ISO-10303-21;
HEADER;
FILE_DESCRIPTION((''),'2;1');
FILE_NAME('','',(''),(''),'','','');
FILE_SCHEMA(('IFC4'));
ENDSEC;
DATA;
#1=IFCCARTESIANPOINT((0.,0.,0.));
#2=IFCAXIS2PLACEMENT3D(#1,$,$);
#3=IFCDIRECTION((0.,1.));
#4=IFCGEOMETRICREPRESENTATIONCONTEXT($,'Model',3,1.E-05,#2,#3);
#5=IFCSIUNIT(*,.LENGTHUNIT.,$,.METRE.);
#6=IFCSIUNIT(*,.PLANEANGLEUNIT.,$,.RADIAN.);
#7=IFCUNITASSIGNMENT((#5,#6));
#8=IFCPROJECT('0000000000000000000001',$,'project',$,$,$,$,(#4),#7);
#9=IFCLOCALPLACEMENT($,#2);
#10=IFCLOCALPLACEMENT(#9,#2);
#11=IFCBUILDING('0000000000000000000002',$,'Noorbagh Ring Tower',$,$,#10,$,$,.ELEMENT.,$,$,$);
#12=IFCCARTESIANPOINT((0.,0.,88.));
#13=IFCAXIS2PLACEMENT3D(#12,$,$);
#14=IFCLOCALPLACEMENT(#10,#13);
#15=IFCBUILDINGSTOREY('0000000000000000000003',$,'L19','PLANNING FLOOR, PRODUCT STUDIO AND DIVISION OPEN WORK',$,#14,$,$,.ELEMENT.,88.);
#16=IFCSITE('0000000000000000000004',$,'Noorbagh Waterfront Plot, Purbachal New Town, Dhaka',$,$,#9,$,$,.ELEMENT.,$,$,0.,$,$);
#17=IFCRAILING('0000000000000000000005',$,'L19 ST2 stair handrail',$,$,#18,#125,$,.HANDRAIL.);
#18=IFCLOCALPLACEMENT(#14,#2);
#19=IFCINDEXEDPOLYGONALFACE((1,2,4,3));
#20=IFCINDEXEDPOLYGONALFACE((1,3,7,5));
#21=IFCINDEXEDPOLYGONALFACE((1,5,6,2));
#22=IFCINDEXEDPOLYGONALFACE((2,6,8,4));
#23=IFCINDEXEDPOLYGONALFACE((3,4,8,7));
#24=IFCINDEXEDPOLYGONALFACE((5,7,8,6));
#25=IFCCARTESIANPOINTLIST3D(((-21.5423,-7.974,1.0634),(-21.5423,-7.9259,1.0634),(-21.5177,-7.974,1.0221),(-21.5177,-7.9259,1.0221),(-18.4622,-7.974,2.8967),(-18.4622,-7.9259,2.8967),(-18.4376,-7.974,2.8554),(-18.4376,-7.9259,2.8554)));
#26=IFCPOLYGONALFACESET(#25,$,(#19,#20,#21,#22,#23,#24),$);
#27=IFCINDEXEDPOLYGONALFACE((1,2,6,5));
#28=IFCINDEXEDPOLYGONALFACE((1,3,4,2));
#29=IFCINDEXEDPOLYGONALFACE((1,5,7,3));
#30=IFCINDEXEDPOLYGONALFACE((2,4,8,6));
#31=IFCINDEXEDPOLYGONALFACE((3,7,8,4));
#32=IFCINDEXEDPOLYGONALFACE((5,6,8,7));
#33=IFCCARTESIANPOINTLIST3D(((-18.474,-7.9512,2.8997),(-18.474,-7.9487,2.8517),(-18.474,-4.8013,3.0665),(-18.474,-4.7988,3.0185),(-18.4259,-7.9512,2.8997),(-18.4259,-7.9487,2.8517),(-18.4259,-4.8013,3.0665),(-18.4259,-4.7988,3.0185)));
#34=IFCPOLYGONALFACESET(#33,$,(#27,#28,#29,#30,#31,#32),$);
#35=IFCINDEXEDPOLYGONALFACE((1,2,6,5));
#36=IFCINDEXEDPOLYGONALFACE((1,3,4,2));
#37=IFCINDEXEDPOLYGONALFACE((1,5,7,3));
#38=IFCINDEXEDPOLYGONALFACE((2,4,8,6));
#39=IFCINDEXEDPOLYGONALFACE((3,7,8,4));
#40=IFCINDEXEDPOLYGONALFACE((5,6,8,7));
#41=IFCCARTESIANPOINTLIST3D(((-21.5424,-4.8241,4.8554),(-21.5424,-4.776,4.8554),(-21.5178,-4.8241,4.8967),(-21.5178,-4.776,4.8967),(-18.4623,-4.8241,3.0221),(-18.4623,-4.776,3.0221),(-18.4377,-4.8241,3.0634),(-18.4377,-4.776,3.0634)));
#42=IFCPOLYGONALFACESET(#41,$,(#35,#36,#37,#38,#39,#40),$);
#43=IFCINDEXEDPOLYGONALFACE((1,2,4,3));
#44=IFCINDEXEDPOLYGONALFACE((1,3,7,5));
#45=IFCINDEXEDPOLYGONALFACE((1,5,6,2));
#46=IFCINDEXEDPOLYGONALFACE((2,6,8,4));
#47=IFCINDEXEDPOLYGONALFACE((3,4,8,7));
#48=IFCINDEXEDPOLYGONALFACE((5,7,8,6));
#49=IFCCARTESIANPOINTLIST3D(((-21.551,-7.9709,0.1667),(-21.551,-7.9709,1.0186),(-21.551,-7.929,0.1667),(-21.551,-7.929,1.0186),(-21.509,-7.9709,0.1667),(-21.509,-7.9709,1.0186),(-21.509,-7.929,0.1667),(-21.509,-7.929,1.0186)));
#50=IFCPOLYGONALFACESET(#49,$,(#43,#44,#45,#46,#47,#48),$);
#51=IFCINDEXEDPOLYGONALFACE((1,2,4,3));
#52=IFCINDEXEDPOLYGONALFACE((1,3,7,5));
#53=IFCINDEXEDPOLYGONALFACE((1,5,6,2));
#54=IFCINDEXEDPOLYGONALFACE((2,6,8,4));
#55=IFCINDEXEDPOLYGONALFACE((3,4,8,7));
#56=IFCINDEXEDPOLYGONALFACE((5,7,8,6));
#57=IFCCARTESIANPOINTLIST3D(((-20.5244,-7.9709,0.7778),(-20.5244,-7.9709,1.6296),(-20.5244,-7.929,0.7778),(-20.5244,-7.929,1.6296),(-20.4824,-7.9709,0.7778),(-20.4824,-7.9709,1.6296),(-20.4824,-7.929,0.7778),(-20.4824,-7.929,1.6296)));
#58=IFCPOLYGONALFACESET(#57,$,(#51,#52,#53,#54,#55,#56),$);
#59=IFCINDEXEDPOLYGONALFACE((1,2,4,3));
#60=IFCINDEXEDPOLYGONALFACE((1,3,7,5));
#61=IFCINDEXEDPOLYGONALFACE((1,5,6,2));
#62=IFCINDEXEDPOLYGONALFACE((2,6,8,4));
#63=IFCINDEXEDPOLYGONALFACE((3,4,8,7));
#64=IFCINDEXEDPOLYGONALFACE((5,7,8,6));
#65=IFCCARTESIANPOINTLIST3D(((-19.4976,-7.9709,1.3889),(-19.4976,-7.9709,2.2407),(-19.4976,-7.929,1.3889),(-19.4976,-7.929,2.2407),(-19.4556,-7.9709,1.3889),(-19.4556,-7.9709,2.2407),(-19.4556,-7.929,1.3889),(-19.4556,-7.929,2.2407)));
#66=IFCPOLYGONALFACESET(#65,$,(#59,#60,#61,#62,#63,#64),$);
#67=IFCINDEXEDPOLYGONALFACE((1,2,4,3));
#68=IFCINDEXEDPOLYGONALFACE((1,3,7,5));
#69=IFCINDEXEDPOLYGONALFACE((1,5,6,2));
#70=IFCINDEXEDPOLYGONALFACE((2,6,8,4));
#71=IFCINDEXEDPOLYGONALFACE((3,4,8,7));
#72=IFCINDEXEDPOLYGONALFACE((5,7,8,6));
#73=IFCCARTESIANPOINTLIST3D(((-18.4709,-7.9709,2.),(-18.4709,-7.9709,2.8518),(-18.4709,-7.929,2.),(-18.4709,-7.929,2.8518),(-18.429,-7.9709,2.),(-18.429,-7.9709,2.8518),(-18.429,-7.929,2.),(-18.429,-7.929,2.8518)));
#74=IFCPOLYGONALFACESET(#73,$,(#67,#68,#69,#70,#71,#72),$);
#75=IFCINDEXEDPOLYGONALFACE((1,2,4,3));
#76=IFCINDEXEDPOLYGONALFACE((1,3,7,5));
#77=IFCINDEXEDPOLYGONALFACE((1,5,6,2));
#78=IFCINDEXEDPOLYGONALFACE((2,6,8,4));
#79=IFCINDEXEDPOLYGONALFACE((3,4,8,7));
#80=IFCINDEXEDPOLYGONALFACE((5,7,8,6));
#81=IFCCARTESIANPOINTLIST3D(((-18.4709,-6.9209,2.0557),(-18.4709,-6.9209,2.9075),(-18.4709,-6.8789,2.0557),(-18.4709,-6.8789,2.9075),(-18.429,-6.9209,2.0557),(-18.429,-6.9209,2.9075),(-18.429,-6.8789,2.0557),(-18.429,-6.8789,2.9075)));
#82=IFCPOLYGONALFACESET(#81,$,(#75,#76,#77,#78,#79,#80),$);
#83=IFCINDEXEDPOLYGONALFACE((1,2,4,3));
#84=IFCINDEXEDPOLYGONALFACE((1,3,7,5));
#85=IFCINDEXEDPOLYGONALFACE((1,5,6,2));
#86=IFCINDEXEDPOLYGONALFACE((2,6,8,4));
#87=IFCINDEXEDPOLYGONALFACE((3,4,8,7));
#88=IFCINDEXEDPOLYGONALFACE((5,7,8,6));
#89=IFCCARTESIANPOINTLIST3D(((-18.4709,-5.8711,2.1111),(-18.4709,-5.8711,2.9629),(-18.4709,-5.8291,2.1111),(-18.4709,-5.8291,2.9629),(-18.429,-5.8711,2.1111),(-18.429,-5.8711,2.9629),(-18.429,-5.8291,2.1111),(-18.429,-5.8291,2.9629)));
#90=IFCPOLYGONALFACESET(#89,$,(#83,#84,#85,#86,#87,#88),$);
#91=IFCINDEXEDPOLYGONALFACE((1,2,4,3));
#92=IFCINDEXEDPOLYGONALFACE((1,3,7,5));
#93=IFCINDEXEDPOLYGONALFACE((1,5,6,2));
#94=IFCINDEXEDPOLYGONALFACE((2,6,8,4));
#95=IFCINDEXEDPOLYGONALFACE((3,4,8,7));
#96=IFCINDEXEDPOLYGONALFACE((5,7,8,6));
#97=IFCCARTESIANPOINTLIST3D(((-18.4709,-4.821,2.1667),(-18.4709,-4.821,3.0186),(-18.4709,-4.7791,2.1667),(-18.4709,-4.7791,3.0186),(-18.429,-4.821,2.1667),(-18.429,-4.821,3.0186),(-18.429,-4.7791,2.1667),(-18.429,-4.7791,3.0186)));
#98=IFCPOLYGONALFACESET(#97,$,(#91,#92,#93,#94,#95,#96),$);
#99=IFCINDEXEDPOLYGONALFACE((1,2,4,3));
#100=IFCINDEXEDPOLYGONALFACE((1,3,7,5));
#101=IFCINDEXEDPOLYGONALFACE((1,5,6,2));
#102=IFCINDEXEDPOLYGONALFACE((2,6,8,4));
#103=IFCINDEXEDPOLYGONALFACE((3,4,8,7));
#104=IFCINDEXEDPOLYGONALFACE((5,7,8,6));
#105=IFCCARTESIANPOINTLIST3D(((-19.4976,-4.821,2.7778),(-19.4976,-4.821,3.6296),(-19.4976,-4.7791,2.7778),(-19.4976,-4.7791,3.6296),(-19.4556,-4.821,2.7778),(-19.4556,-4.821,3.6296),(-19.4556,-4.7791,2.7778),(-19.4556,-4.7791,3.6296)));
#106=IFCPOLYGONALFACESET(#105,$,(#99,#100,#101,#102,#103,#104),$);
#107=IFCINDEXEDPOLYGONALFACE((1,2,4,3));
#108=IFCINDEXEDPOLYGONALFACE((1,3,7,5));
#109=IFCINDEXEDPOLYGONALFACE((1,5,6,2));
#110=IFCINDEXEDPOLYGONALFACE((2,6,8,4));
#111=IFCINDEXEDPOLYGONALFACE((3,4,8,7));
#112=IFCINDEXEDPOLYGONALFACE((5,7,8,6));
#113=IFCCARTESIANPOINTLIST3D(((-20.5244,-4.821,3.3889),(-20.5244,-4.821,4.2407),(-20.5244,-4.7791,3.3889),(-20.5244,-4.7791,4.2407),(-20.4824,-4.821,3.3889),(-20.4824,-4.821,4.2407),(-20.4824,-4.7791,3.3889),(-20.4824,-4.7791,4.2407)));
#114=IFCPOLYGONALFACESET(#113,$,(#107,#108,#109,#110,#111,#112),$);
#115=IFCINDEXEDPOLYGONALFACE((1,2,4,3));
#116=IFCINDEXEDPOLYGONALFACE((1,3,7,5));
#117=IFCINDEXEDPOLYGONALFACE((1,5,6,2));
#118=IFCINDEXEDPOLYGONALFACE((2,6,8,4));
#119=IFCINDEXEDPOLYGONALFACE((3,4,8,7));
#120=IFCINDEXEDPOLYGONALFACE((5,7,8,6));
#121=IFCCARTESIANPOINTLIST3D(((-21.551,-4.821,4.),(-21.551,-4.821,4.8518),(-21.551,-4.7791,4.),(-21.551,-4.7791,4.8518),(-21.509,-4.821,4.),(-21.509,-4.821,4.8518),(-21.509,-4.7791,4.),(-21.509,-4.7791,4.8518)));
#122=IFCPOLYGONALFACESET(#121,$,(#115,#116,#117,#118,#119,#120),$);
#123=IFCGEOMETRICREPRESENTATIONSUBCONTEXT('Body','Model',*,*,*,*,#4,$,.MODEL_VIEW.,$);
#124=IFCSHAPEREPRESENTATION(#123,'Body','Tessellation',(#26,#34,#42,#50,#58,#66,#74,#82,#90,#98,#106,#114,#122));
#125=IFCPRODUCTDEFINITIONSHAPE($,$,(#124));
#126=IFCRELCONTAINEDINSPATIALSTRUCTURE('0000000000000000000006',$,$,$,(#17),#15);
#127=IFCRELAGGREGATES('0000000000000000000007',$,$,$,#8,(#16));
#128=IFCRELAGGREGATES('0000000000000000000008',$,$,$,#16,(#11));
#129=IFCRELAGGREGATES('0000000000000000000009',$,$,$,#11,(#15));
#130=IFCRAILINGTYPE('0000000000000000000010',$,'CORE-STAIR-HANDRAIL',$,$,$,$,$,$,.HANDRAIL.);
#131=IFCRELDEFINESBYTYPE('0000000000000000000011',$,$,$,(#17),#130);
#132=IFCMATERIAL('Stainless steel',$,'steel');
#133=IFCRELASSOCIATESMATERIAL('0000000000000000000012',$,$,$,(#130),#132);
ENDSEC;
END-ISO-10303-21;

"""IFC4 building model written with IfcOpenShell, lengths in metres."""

from ifc_helpers import new_model, si_unit, direction, frame, origin, origin_2d, place, context, subcontext, project, spatial, rectangle, extrude, material, type_object, element, save


model = new_model("IFC4")

# Units and contexts
model_context = context("Model", 3, precision=1e-05, world=origin(), true_north=direction((0.0, 1.0)))
body_context = subcontext(model_context, "Body", "Model", "MODEL_VIEW")
ifc_project = project(units=[si_unit("LENGTHUNIT", "METRE"), si_unit("PLANEANGLEUNIT", "RADIAN")], contexts=[model_context])

# Site, building, storey
site_placement = place(None, origin())
site = spatial("IfcSite", under=ifc_project, at=site_placement, Name="Noorbagh Waterfront Plot, Purbachal New Town, Dhaka", CompositionType="ELEMENT", RefElevation=0.0)
building_placement = place(site_placement, origin())
building = spatial("IfcBuilding", under=site, at=building_placement, Name="Noorbagh Ring Tower", CompositionType="ELEMENT")
storey_placement = place(building_placement, frame((0.0, 0.0, 88.0)))
storey = spatial("IfcBuildingStorey", under=building, at=storey_placement, Name="L19", Description="PLANNING FLOOR, PRODUCT STUDIO AND DIVISION OPEN WORK", CompositionType="ELEMENT", Elevation=88.0)

# Railing
ifc_material_1 = material(Name="Stainless steel", Category="steel")
railing_type_1 = type_object("IfcRailingType", Name="CORE-STAIR-HANDRAIL", PredefinedType="HANDRAIL", material=ifc_material_1)
railing_1_placement = place(storey_placement, frame((-21.53, -7.95, 0.1667)))
element("IfcRailing", 1, at=railing_1_placement, inside=storey, type_object=railing_type_1, Name="L19 ST2 stair handrail", PredefinedType="HANDRAIL", context=body_context, shape_type="SweptSolid", body=[
    extrude(rectangle(XDim=0.0481, YDim=0.0481, at=origin_2d()), frame((0.0, 0.0, 0.876), z_axis=(0.859309, 0.0, 0.511458), x_axis=(0.0, 1.0, 0.0)), (0.0, 0.0, 1.0), 3.5845),
    extrude(rectangle(XDim=0.0481, YDim=0.0481, at=origin_2d()), frame((3.0801, 0.0, 2.709), z_axis=(0.0, 0.998602, 0.052864), x_axis=(-1.0, 0.0, 0.0)), (0.0, 0.0, 1.0), 3.1543),
    extrude(rectangle(XDim=0.0481, YDim=0.0481, at=origin_2d()), frame((3.0801, 3.1499, 2.876), z_axis=(-0.859309, 0.0, 0.511458), x_axis=(0.0, -1.0, 0.0)), (0.0, 0.0, 1.0), 3.5845),
    extrude(rectangle(XDim=0.042, YDim=0.042, at=origin_2d()), origin(), (0.0, 0.0, 1.0), 0.8518),
    extrude(rectangle(XDim=0.042, YDim=0.042, at=origin_2d()), frame((1.0266, 0.0, 0.6111)), (0.0, 0.0, 1.0), 0.8518),
    extrude(rectangle(XDim=0.042, YDim=0.042, at=origin_2d()), frame((2.0535, 0.0, 1.2222)), (0.0, 0.0, 1.0), 0.8518),
    extrude(rectangle(XDim=0.042, YDim=0.042, at=origin_2d()), frame((3.0801, 0.0, 1.8333)), (0.0, 0.0, 1.0), 0.8518),
    extrude(rectangle(XDim=0.042, YDim=0.042, at=origin_2d()), frame((3.0801, 1.05, 1.8889)), (0.0, 0.0, 1.0), 0.8518),
    extrude(rectangle(XDim=0.042, YDim=0.042, at=origin_2d()), frame((3.0801, 2.0999, 1.9443)), (0.0, 0.0, 1.0), 0.8518),
    extrude(rectangle(XDim=0.042, YDim=0.042, at=origin_2d()), frame((3.0801, 3.1499, 2.0)), (0.0, 0.0, 1.0), 0.8518),
    extrude(rectangle(XDim=0.042, YDim=0.042, at=origin_2d()), frame((2.0535, 3.1499, 2.6111)), (0.0, 0.0, 1.0), 0.8518),
    extrude(rectangle(XDim=0.042, YDim=0.042, at=origin_2d()), frame((1.0266, 3.1499, 3.2222)), (0.0, 0.0, 1.0), 0.8518),
    extrude(rectangle(XDim=0.042, YDim=0.042, at=origin_2d()), frame((0.0, 3.1499, 3.8333)), (0.0, 0.0, 1.0), 0.8518),
])

save(model, "model.ifc")
